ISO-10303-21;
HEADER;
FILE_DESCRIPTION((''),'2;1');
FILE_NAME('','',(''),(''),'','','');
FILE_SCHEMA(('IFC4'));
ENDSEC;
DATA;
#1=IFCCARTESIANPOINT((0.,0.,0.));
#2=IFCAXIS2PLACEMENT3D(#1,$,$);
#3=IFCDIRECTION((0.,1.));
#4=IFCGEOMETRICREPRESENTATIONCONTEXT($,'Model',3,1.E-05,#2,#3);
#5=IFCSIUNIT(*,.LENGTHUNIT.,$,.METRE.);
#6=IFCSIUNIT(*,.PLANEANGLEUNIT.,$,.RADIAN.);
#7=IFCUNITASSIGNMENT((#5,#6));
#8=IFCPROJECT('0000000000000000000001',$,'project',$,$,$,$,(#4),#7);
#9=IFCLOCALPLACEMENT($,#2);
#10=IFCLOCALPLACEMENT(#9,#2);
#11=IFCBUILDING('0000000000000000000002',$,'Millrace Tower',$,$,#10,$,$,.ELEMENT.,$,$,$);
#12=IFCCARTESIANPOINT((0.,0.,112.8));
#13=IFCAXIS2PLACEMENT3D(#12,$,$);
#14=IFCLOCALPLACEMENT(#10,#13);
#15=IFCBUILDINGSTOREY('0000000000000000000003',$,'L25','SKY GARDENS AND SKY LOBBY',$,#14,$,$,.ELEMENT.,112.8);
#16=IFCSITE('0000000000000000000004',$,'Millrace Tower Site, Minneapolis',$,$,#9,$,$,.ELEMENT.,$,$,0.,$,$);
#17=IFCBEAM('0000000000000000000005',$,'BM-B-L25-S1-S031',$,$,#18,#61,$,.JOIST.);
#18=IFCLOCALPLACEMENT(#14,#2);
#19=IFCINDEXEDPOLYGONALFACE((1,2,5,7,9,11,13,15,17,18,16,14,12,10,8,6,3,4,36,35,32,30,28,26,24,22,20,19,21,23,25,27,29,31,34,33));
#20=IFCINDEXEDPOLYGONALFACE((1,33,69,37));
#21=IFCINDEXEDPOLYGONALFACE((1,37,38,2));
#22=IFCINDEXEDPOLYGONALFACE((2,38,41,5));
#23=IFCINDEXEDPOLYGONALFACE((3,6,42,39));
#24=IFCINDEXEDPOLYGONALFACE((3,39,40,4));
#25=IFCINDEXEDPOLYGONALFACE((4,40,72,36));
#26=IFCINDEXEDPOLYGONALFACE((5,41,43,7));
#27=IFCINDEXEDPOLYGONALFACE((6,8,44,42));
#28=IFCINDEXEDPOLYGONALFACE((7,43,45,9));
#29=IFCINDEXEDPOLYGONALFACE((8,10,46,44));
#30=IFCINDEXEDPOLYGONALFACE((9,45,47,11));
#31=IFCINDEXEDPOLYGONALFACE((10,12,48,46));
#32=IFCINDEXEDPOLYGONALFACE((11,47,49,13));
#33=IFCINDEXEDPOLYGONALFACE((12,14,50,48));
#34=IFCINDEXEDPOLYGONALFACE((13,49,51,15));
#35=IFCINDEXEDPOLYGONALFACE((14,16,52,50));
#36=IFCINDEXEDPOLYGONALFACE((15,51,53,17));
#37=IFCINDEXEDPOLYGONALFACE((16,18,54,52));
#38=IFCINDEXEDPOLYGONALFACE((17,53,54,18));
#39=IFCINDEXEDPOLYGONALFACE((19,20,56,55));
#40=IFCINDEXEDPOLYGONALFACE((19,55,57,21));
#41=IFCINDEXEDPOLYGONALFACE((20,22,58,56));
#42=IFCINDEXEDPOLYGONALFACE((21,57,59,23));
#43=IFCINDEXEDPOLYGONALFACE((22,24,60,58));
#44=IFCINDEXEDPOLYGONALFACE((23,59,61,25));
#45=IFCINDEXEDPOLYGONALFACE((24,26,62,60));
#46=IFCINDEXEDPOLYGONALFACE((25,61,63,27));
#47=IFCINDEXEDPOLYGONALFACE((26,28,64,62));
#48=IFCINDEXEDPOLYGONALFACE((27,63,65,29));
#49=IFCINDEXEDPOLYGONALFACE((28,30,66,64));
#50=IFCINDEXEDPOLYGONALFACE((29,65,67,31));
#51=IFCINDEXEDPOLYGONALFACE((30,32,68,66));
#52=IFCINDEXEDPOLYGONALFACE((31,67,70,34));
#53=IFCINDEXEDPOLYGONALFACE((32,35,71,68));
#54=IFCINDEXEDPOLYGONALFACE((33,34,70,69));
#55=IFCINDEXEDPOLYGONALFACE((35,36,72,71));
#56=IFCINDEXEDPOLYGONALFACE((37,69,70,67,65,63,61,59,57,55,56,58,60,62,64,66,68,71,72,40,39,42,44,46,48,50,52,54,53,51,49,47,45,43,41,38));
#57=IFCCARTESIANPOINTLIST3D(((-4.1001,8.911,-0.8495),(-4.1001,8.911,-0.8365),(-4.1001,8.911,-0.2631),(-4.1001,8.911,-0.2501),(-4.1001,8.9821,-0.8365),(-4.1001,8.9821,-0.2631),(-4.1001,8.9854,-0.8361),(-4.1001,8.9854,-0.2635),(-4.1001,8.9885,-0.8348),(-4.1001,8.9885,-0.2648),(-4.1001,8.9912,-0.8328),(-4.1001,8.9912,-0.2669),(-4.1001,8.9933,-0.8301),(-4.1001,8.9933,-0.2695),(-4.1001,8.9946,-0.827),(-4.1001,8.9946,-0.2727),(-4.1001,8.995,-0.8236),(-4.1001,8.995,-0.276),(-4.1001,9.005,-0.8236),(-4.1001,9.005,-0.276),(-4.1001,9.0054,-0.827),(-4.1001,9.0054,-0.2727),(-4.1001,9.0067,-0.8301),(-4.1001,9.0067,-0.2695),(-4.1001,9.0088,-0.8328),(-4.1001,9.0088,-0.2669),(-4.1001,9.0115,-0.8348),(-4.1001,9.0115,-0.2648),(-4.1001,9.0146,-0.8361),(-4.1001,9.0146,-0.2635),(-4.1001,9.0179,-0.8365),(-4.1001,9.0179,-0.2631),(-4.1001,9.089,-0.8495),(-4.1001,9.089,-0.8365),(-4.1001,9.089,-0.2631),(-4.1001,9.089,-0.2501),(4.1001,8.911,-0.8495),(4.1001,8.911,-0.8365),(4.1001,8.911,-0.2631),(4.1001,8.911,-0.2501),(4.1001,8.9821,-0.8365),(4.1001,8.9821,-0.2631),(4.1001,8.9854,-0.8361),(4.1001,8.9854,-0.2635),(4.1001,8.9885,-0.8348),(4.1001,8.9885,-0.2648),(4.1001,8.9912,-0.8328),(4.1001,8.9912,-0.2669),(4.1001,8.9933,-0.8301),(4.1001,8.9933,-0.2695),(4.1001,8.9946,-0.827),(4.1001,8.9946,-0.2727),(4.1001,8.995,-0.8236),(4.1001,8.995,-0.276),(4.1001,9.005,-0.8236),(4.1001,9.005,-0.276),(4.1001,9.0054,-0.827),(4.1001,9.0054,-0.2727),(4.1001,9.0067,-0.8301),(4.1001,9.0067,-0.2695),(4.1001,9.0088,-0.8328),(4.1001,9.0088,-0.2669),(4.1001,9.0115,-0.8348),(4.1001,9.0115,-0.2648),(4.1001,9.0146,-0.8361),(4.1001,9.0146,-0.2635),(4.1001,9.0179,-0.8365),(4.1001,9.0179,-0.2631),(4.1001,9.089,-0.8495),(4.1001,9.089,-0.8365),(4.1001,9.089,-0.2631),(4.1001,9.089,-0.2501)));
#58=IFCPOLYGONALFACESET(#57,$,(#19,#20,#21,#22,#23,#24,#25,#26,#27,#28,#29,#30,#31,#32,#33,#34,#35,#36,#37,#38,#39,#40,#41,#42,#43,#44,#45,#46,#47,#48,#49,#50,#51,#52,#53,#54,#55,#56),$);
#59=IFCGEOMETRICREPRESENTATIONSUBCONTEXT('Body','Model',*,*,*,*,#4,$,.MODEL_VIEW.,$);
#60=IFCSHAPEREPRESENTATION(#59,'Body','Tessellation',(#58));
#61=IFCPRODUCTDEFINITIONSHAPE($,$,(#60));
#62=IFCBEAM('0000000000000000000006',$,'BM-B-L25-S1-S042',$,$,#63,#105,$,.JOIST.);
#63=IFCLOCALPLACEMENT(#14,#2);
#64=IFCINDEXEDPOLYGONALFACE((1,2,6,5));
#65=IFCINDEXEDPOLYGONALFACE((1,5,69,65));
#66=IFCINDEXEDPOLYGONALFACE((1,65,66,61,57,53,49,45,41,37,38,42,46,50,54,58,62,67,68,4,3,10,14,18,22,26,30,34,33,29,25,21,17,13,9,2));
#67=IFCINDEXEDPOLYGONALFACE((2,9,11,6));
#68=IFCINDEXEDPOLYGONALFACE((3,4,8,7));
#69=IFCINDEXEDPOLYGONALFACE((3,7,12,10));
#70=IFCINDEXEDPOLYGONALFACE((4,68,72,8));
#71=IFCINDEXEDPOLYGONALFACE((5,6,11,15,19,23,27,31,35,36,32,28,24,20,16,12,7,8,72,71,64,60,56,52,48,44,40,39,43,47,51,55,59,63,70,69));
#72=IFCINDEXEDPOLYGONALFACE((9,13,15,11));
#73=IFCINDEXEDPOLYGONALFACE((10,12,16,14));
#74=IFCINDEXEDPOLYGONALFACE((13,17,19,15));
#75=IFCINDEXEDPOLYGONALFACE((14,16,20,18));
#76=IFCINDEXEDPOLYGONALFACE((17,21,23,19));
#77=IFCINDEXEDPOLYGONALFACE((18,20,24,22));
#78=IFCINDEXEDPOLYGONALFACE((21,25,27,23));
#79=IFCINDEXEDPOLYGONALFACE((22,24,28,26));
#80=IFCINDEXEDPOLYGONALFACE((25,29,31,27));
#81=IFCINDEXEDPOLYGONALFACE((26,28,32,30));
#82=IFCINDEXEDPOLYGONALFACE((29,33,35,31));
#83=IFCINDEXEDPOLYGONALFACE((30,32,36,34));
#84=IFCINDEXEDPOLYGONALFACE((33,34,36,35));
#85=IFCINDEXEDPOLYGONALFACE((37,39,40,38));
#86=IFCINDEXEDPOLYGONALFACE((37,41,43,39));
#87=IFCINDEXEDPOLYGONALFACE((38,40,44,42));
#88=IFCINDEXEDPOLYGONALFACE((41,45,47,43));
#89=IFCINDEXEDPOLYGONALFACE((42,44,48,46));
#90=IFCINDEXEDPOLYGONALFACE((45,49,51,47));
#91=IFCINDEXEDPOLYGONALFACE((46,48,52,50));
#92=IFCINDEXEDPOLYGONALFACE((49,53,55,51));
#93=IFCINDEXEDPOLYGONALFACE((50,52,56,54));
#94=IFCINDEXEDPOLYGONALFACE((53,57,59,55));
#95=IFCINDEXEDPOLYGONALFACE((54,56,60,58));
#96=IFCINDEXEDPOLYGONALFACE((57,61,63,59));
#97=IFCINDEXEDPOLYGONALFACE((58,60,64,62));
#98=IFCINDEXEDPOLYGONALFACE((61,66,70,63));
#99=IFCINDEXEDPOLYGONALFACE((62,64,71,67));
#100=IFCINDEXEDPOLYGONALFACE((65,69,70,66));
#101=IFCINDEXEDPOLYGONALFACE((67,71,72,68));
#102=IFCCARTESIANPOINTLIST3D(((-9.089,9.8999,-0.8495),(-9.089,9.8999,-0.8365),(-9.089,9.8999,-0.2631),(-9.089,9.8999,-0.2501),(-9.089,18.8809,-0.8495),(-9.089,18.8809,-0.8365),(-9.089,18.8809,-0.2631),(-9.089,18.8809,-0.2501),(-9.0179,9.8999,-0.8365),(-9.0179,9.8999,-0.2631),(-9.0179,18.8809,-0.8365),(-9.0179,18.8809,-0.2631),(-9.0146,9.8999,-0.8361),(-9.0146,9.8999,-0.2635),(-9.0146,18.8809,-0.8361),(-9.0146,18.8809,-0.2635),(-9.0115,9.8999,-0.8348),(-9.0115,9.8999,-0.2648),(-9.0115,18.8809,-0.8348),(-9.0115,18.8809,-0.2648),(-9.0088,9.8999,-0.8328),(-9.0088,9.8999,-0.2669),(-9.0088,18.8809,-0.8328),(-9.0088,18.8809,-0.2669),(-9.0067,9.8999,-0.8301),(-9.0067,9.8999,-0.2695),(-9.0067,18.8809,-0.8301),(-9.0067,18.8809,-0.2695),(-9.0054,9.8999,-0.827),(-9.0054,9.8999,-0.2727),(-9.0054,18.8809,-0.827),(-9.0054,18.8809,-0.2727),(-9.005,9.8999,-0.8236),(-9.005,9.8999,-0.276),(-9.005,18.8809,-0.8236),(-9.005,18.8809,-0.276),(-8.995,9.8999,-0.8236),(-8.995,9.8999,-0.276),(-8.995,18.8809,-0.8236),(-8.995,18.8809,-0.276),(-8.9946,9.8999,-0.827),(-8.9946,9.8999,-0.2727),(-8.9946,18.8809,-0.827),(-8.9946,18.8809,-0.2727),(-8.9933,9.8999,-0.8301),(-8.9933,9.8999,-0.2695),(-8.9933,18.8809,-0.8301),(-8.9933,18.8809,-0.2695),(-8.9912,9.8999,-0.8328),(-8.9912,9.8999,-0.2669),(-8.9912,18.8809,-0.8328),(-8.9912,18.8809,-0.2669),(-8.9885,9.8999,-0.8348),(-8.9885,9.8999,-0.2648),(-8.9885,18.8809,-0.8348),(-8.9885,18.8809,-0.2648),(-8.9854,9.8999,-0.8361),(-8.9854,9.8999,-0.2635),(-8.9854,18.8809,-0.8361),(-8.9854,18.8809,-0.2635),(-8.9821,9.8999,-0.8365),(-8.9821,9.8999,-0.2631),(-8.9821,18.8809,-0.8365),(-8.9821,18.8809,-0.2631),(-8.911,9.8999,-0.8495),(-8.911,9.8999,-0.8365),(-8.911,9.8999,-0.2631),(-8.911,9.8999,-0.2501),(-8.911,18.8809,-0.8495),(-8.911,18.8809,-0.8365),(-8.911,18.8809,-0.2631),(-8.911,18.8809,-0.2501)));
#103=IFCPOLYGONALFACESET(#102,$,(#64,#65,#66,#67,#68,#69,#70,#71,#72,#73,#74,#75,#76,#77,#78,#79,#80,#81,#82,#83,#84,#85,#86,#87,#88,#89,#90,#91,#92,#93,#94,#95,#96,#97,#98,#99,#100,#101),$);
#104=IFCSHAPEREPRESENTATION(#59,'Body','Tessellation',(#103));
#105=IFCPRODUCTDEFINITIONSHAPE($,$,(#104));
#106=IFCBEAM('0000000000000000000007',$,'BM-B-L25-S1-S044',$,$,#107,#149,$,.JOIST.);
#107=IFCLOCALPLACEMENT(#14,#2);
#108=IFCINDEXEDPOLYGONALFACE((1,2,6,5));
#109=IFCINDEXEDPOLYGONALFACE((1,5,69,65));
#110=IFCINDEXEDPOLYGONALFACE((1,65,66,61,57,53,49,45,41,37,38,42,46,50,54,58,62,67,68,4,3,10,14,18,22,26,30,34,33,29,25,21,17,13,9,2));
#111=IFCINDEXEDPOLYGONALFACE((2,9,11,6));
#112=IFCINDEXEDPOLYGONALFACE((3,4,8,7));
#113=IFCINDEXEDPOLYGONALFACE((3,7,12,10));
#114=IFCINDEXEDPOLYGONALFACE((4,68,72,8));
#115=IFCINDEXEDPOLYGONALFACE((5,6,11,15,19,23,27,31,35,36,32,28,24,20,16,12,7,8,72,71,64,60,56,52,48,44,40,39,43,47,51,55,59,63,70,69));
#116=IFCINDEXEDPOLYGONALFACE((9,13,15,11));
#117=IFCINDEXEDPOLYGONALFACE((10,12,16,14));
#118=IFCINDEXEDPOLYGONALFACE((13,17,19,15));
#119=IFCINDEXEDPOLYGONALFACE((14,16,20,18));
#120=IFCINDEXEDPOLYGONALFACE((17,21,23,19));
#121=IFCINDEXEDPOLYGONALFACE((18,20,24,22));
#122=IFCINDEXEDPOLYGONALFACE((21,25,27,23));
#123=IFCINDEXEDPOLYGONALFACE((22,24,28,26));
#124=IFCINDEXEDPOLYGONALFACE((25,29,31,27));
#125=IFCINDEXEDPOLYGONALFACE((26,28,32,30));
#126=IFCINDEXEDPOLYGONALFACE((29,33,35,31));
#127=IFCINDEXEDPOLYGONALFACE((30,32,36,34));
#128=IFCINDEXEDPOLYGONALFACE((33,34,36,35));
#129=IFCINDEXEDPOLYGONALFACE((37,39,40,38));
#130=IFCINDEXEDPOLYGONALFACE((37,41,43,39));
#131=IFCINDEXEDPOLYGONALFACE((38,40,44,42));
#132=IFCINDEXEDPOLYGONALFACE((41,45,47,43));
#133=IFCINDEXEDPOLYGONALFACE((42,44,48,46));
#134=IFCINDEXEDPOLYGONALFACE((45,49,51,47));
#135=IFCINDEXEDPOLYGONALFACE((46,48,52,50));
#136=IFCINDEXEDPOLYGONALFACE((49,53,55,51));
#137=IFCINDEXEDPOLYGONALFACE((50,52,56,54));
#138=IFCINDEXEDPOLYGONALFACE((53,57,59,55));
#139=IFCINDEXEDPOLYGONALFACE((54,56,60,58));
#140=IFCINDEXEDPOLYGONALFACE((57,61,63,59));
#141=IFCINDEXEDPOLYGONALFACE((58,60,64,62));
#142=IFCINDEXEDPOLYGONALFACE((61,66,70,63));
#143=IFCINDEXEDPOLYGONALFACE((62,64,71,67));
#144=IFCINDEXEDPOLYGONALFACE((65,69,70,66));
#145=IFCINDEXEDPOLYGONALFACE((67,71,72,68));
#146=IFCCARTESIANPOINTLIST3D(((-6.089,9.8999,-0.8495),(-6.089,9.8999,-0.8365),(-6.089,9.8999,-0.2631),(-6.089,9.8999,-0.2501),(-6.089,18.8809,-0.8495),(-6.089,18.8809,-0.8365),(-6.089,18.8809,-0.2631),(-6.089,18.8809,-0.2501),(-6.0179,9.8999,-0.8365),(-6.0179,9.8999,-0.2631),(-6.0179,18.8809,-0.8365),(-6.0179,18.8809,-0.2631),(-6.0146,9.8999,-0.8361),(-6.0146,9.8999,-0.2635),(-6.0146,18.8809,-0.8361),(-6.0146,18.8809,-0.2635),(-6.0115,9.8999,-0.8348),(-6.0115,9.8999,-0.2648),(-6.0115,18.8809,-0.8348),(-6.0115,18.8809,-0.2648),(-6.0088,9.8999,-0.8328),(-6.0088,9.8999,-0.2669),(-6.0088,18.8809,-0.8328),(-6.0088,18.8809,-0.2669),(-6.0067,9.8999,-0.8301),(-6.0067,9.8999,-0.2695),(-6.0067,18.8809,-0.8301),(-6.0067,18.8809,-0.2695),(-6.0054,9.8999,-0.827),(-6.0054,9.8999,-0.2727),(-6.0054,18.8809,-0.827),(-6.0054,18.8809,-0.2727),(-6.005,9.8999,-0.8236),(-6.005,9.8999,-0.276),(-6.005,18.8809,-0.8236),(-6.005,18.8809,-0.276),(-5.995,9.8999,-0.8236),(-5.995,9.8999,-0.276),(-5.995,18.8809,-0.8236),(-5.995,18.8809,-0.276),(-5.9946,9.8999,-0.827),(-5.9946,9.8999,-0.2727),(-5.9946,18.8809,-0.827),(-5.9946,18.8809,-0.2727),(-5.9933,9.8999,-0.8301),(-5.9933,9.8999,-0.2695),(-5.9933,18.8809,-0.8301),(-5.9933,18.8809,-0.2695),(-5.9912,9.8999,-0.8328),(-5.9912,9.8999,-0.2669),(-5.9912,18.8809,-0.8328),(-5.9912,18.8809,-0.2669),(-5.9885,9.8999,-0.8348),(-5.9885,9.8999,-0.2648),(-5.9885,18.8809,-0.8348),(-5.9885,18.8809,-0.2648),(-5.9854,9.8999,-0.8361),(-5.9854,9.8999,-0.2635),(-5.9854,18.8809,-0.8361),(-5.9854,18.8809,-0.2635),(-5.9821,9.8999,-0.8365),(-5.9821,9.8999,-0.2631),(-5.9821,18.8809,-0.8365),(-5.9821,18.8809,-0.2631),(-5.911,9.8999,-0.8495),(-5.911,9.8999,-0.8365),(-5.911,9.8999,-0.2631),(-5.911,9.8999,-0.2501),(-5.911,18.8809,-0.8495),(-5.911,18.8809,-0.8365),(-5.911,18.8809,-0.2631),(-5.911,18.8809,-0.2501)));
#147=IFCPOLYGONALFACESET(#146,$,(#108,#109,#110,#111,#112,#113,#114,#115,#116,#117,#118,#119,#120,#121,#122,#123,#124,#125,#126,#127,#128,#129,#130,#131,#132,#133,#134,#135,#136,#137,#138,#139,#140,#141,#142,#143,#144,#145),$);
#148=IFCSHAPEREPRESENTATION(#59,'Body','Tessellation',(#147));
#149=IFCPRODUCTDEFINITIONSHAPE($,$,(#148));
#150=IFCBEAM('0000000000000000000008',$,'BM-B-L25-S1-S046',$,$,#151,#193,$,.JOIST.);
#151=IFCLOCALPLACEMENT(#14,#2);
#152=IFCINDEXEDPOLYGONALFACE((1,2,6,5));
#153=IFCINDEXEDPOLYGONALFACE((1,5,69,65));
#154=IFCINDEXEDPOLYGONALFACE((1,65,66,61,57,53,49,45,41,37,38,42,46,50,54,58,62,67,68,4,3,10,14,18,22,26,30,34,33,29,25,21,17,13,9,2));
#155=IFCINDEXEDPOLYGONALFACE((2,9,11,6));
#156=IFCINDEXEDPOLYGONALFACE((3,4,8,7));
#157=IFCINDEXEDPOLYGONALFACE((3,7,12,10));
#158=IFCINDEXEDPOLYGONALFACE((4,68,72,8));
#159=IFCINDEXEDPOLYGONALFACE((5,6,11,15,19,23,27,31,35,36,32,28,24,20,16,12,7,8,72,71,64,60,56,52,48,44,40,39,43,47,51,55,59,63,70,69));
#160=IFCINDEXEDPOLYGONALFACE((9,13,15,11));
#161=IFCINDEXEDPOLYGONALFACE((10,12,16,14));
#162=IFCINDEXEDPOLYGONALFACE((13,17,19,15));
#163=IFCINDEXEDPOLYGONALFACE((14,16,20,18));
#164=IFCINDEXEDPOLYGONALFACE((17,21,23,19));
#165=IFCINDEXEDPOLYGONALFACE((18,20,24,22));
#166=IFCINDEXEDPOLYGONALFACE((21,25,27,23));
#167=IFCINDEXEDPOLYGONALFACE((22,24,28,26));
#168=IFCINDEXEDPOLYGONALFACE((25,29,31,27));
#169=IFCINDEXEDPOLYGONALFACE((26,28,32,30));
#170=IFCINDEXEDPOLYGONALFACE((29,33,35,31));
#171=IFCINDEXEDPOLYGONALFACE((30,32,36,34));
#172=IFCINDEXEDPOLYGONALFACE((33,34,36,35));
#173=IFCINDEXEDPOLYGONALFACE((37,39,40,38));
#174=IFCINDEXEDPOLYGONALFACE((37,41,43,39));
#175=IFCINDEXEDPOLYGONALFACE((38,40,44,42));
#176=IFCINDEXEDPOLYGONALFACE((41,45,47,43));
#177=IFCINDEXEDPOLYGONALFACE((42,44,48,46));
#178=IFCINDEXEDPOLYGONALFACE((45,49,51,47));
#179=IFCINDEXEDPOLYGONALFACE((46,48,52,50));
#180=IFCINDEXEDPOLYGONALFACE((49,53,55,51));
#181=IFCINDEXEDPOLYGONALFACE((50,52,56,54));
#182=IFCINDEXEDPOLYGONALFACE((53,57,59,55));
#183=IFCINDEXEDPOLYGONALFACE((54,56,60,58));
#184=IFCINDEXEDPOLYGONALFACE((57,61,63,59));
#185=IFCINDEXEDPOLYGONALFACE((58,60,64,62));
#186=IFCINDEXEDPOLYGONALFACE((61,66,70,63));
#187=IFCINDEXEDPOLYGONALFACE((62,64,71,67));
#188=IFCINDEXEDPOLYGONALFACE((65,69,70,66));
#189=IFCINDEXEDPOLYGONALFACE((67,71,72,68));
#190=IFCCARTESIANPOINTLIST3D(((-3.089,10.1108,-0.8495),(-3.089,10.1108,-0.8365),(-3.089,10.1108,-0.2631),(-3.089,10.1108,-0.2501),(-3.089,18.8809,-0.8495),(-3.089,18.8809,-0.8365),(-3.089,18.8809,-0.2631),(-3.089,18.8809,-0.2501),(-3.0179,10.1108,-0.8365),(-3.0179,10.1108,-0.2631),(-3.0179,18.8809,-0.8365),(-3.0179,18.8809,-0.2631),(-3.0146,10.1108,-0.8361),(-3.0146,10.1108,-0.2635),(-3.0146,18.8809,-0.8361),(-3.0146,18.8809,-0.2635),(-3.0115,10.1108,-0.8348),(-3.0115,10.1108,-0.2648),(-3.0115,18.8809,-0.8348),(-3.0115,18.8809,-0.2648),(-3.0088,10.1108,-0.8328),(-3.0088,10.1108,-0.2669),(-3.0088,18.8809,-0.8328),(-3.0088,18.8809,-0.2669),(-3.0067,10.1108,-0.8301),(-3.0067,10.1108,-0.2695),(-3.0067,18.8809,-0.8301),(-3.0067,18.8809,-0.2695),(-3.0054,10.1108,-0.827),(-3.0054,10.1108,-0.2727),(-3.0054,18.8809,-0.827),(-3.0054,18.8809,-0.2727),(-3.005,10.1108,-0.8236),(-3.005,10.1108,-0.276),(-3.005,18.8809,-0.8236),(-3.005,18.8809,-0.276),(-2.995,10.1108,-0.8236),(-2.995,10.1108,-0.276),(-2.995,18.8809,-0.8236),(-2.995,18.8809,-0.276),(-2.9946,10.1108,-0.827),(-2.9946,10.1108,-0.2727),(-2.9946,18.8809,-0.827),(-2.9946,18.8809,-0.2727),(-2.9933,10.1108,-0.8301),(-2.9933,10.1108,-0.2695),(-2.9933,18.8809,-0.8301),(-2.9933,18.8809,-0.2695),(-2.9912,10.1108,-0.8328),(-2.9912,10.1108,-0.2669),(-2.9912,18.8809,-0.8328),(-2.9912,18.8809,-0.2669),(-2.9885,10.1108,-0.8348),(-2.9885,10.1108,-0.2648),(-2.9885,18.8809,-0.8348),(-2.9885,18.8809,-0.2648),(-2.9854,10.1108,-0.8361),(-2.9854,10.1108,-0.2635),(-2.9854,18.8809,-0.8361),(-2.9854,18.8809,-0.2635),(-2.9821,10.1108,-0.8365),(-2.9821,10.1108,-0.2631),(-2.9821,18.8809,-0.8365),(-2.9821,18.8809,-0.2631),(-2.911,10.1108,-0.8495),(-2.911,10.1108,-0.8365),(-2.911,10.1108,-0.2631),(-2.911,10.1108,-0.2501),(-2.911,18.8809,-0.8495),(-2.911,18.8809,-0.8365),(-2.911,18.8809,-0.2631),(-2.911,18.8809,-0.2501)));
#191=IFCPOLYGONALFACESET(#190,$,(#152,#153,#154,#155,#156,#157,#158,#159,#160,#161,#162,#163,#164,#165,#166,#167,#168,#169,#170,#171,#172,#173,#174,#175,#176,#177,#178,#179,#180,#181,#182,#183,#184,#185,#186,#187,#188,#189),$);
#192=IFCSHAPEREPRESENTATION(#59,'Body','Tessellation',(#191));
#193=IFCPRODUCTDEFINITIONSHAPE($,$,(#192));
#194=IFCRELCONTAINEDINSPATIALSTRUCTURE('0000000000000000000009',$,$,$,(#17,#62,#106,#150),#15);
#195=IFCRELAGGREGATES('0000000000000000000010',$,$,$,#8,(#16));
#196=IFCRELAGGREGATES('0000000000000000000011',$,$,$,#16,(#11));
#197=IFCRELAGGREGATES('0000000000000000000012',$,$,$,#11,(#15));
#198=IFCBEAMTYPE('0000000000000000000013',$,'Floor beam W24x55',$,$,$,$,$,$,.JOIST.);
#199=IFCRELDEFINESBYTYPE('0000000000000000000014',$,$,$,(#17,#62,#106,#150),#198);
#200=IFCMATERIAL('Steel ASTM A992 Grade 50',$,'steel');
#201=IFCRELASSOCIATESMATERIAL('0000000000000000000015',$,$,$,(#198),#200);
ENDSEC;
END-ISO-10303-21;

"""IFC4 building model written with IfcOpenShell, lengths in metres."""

from ifc_helpers import new_model, si_unit, direction, frame, origin, origin_2d, place, context, subcontext, project, spatial, i_section, extrude, material, material_profile, profile_set, type_object, element, save


model = new_model("IFC4")

# Units and contexts
model_context = context("Model", 3, precision=1e-05, world=origin(), true_north=direction((0.0, 1.0)))
body_context = subcontext(model_context, "Body", "Model", "MODEL_VIEW")
ifc_project = project(units=[si_unit("LENGTHUNIT", "METRE"), si_unit("PLANEANGLEUNIT", "RADIAN")], contexts=[model_context])

# Site, building, storey
site_placement = place(None, origin())
site = spatial("IfcSite", under=ifc_project, at=site_placement, Name="Millrace Tower Site, Minneapolis", CompositionType="ELEMENT", RefElevation=0.0)
building_placement = place(site_placement, origin())
building = spatial("IfcBuilding", under=site, at=building_placement, Name="Millrace Tower", CompositionType="ELEMENT")
storey_placement = place(building_placement, frame((0.0, 0.0, 112.8)))
storey = spatial("IfcBuildingStorey", under=building, at=storey_placement, Name="L25", Description="SKY GARDENS AND SKY LOBBY", CompositionType="ELEMENT", Elevation=112.8)

# Beams
ifc_material_1 = material(Name="Steel ASTM A992 Grade 50", Category="steel")
ifc_material_profile_1 = material_profile(ifc_material_1, i_section(OverallWidth=0.178, OverallDepth=0.5994, WebThickness=0.01, FlangeThickness=0.0129, FilletRadius=0.0129, at=origin_2d()))
ifc_profile_set_1 = profile_set([ifc_material_profile_1], Name="Steel ASTM A992 Grade 50")
beam_type_1 = type_object("IfcBeamType", Name="Floor beam W24x55", PredefinedType="JOIST", material=ifc_profile_set_1)
for number, where, z_axis, x_axis, name in (
    (1, (-4.1001, 9.0, -0.5498), (1.0, 0.0, 0.0), (0.0, 1.0, 0.0), "BM-B-L25-S1-S031"),
):
    element("IfcBeam", number, at=place(storey_placement, frame(where, z_axis=z_axis, x_axis=x_axis)), inside=storey, type_object=beam_type_1, Name=name, PredefinedType="JOIST", context=body_context, shape_type="SweptSolid", body=[
        extrude(i_section(OverallWidth=0.178, OverallDepth=0.5994, WebThickness=0.01, FlangeThickness=0.0129, FilletRadius=0.0129, at=origin_2d()), origin(), (0.0, 0.0, 1.0), 8.2002),
    ])
for number, where, z_axis, x_axis, name in (
    (2, (-9.0, 9.8999, -0.5498), (0.0, 1.0, 0.0), (-1.0, 0.0, 0.0), "BM-B-L25-S1-S042"),
    (3, (-6.0, 9.8999, -0.5498), (0.0, 1.0, 0.0), (-1.0, 0.0, 0.0), "BM-B-L25-S1-S044"),
):
    element("IfcBeam", number, at=place(storey_placement, frame(where, z_axis=z_axis, x_axis=x_axis)), inside=storey, type_object=beam_type_1, Name=name, PredefinedType="JOIST", context=body_context, shape_type="SweptSolid", body=[
        extrude(i_section(OverallWidth=0.178, OverallDepth=0.5994, WebThickness=0.01, FlangeThickness=0.0129, FilletRadius=0.0129, at=origin_2d()), origin(), (0.0, 0.0, 1.0), 8.981),
    ])
for number, where, z_axis, x_axis, name in (
    (4, (-3.0, 10.1108, -0.5498), (0.0, 1.0, 0.0), (-1.0, 0.0, 0.0), "BM-B-L25-S1-S046"),
):
    element("IfcBeam", number, at=place(storey_placement, frame(where, z_axis=z_axis, x_axis=x_axis)), inside=storey, type_object=beam_type_1, Name=name, PredefinedType="JOIST", context=body_context, shape_type="SweptSolid", body=[
        extrude(i_section(OverallWidth=0.178, OverallDepth=0.5994, WebThickness=0.01, FlangeThickness=0.0129, FilletRadius=0.0129, at=origin_2d()), origin(), (0.0, 0.0, 1.0), 8.77),
    ])

save(model, "model.ifc")
